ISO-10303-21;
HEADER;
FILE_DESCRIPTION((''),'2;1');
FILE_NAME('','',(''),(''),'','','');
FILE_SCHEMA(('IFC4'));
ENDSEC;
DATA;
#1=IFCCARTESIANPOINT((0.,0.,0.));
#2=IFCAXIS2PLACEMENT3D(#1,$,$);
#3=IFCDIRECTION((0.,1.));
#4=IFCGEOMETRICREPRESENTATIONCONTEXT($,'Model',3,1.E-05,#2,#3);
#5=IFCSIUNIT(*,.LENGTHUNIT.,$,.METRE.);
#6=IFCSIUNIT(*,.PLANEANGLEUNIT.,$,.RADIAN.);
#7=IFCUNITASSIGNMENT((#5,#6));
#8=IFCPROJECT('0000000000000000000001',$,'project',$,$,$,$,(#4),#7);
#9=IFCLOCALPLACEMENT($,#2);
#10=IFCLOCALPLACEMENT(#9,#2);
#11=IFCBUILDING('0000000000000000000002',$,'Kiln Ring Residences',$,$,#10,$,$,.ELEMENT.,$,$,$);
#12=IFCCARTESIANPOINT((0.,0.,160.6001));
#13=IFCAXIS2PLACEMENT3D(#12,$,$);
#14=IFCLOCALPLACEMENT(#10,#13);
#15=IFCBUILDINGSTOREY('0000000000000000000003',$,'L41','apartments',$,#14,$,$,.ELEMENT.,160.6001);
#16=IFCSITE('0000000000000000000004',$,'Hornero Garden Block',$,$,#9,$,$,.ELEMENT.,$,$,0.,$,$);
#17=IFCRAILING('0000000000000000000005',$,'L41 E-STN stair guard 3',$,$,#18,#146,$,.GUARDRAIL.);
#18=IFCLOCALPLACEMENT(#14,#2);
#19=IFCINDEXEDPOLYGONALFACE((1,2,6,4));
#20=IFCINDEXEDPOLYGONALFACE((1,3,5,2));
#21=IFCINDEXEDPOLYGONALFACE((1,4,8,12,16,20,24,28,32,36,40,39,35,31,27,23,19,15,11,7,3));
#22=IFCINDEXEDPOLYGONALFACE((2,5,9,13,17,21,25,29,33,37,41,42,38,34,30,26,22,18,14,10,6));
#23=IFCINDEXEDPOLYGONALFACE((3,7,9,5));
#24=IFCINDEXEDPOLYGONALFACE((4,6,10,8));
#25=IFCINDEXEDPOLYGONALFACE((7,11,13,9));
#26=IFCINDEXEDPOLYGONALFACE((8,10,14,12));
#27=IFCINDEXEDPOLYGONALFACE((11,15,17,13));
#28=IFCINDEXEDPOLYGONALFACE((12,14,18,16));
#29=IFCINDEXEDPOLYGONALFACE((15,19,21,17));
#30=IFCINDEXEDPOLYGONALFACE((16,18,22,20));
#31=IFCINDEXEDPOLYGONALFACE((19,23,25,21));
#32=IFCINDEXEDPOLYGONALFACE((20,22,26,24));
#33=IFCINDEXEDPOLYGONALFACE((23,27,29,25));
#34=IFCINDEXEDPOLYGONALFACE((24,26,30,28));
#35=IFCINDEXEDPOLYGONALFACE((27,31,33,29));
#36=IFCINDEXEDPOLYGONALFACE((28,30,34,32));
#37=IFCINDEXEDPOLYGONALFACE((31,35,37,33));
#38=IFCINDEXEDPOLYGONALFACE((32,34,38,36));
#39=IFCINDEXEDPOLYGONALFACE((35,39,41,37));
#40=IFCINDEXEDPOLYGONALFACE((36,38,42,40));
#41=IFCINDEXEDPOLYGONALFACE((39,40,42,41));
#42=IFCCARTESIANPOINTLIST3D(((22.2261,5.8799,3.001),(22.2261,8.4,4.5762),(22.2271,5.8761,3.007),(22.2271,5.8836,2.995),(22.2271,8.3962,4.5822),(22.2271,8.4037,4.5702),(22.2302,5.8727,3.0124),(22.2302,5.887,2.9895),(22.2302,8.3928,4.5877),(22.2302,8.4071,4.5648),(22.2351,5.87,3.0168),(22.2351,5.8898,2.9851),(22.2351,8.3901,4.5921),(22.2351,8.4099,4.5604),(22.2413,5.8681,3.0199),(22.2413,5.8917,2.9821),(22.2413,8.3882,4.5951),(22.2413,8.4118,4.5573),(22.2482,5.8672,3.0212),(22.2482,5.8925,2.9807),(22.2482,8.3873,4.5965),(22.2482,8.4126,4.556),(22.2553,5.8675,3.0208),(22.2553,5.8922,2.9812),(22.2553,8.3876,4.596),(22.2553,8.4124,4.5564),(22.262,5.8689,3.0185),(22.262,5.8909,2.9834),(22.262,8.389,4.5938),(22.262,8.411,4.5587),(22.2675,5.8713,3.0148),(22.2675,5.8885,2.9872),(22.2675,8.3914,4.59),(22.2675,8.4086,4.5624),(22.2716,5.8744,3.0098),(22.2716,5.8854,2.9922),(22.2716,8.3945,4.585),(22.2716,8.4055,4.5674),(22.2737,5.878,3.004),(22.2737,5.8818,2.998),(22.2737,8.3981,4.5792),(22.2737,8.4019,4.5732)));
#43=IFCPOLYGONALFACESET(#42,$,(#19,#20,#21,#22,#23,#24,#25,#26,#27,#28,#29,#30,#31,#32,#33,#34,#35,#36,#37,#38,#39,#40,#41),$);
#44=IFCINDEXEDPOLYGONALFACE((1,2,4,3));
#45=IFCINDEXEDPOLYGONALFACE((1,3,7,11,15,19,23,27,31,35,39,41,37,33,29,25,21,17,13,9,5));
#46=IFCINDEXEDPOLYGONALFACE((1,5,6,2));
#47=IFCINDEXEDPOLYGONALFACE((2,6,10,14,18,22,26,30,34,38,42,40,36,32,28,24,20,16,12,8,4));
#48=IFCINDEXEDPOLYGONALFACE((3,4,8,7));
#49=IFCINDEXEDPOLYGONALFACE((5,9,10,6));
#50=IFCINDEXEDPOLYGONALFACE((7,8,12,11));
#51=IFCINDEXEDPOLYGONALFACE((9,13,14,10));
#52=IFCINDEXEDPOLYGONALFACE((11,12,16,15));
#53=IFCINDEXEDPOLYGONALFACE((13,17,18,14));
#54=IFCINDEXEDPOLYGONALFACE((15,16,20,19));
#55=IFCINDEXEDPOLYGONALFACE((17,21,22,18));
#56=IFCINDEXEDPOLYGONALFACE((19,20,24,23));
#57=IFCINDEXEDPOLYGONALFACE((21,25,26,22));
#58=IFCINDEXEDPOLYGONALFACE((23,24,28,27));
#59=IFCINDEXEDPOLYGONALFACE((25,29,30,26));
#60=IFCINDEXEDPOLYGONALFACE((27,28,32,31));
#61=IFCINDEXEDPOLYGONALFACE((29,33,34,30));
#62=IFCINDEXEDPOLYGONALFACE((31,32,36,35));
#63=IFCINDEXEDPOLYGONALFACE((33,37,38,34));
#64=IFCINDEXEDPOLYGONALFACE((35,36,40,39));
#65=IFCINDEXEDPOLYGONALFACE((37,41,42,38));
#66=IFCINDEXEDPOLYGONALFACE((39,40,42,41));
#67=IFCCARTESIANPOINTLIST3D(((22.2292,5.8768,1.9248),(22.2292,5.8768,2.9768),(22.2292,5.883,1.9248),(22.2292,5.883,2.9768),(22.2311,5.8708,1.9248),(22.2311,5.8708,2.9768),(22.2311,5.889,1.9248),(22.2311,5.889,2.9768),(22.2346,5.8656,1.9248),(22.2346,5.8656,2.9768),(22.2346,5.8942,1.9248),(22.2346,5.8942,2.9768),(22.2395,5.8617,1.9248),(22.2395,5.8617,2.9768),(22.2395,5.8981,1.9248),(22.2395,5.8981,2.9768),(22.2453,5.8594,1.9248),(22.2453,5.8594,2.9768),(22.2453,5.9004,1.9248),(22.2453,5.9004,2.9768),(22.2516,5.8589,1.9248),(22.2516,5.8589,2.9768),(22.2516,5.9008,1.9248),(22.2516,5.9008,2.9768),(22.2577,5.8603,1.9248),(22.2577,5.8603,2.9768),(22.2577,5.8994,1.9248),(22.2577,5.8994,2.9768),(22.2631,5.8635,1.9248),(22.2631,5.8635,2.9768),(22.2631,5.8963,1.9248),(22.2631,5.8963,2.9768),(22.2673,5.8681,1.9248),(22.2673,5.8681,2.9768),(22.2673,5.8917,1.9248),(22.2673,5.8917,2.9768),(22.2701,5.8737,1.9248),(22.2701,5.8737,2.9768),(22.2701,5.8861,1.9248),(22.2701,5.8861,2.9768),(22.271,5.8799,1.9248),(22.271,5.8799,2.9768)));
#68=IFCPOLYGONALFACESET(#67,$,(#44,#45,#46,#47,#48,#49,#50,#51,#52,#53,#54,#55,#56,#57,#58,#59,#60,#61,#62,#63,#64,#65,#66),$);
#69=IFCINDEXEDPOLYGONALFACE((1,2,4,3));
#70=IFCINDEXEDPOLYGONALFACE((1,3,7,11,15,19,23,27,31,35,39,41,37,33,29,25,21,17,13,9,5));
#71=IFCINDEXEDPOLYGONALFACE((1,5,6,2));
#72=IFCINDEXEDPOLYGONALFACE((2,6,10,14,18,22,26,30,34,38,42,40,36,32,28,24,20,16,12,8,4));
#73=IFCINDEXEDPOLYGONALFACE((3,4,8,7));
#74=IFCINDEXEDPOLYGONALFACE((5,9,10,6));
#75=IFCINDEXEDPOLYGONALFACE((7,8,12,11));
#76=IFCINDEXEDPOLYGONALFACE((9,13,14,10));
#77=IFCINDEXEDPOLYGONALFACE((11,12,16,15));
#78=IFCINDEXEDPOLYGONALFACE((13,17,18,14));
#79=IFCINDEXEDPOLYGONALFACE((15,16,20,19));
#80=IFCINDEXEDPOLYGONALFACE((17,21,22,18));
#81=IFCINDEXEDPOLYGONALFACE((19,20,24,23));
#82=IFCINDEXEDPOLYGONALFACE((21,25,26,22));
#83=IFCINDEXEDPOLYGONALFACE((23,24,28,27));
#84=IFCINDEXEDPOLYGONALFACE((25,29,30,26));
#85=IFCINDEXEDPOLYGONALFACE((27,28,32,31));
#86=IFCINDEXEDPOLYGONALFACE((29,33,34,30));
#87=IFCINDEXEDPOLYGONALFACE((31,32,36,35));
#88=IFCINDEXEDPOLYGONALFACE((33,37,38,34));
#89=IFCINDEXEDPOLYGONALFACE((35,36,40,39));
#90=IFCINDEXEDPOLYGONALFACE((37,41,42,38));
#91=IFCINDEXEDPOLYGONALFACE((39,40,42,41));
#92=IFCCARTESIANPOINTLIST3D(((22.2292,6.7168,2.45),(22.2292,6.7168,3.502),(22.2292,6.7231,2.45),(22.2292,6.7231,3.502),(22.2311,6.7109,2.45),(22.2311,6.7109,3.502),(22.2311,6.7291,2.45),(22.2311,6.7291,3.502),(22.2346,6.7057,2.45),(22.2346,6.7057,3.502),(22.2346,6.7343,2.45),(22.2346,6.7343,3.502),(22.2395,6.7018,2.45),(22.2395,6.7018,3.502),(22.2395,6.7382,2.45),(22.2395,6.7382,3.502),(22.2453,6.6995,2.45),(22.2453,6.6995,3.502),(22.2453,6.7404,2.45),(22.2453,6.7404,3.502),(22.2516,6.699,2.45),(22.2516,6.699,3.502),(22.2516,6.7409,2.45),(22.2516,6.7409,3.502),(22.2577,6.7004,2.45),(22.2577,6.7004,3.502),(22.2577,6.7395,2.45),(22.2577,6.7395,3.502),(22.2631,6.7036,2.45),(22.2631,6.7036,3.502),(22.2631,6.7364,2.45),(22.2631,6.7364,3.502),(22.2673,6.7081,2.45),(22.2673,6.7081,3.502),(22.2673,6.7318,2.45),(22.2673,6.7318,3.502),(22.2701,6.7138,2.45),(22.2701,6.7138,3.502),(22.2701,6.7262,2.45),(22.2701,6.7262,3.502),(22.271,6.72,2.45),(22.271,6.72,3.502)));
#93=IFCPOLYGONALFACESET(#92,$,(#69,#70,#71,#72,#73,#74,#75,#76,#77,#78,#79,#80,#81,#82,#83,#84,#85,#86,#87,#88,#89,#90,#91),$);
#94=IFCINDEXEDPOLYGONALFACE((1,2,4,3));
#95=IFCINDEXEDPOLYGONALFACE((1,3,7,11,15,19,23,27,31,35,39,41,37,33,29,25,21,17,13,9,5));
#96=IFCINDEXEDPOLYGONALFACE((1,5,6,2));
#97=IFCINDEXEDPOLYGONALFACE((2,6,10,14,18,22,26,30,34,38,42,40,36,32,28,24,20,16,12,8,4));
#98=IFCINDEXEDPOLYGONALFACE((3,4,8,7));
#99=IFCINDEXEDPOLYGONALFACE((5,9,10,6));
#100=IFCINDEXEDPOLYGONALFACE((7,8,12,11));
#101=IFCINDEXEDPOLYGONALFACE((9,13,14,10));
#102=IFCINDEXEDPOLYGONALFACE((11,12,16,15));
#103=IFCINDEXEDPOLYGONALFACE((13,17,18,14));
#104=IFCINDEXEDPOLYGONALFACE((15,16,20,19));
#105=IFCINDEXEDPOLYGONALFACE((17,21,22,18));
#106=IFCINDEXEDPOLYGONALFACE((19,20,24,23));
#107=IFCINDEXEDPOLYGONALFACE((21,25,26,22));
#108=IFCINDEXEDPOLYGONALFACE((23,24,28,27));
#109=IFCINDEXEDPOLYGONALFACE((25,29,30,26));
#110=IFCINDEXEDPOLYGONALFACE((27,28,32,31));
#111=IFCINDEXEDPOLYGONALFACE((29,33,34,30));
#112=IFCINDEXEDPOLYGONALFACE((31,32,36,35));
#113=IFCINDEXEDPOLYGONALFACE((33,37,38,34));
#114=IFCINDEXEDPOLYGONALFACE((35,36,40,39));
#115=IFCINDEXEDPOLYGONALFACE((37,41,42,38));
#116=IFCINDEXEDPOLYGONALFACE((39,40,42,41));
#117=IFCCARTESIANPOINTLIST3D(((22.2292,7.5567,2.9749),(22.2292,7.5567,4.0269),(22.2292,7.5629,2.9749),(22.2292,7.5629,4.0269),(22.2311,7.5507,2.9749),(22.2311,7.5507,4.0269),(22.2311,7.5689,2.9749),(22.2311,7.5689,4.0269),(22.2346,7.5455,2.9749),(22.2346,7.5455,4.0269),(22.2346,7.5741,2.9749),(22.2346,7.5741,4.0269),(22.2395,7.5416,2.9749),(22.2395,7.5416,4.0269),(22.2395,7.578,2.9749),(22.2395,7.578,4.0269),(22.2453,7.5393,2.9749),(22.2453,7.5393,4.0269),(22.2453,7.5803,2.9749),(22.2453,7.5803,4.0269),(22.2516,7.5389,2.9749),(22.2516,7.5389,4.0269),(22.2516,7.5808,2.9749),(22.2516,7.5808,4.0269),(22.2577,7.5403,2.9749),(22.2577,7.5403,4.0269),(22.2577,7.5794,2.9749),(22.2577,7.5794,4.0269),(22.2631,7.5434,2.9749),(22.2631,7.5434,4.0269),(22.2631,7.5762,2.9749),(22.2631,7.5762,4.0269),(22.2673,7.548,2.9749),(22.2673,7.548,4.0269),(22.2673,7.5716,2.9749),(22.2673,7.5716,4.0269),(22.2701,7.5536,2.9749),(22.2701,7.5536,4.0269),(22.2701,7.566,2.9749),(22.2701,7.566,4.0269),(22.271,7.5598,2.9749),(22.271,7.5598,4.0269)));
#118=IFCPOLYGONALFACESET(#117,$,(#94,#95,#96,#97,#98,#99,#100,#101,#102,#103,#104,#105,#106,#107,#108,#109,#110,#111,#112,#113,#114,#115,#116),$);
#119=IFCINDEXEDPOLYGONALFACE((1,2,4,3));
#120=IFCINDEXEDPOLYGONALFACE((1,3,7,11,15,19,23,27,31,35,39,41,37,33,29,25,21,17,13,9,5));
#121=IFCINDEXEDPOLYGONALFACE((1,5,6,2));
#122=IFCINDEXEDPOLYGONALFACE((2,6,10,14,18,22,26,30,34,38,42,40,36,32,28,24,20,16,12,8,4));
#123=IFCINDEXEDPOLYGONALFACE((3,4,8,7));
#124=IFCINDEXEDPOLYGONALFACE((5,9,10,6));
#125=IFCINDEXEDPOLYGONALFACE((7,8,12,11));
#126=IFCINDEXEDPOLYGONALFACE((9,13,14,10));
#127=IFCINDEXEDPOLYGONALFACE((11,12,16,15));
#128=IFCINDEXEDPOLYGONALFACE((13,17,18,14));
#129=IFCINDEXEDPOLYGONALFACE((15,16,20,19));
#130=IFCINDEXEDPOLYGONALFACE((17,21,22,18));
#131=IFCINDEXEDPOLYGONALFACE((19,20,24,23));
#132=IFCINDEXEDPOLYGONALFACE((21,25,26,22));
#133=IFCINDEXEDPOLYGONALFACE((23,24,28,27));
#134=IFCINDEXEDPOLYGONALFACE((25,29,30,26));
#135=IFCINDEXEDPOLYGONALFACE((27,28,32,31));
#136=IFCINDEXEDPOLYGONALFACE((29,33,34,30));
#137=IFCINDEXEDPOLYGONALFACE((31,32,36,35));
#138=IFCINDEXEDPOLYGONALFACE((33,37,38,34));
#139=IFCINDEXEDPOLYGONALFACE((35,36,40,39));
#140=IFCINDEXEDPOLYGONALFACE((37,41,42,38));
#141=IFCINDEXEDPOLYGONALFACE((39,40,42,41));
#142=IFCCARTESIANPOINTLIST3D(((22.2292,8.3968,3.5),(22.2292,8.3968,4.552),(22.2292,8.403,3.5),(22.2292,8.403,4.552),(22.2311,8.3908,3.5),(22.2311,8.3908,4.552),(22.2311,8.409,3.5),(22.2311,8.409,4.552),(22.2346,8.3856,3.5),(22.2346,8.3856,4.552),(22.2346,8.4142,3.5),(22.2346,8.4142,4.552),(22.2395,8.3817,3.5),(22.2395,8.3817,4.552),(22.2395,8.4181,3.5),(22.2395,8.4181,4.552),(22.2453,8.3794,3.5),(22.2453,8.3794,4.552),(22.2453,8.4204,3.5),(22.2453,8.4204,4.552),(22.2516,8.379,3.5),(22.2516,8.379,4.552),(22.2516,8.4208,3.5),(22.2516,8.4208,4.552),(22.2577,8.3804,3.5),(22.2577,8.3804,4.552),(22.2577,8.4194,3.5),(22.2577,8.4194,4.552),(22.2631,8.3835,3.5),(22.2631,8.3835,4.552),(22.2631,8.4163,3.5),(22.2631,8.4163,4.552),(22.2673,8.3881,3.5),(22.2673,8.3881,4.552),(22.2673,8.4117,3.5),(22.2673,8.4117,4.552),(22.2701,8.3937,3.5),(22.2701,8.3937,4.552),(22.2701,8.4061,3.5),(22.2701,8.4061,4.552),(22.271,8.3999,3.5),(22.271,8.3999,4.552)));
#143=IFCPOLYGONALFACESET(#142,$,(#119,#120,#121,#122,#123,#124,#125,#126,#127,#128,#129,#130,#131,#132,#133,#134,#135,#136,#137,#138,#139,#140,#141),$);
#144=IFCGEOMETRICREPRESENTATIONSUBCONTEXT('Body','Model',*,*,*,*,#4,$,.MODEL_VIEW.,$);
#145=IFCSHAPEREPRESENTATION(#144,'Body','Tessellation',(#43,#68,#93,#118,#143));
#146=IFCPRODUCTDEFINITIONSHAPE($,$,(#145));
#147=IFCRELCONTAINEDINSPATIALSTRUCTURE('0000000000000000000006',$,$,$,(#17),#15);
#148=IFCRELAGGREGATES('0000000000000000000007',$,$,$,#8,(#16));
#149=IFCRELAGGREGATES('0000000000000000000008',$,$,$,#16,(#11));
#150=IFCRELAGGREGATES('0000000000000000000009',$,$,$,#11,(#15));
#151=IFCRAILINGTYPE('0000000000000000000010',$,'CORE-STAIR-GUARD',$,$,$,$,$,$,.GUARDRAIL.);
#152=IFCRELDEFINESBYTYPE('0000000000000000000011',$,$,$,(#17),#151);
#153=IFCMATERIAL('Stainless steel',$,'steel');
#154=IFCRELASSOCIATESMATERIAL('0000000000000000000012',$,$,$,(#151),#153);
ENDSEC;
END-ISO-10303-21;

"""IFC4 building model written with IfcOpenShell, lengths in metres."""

from ifc_helpers import new_model, si_unit, direction, frame, origin, origin_2d, place, context, subcontext, project, spatial, circle, extrude, material, type_object, element, save


model = new_model("IFC4")

# Units and contexts
model_context = context("Model", 3, precision=1e-05, world=origin(), true_north=direction((0.0, 1.0)))
body_context = subcontext(model_context, "Body", "Model", "MODEL_VIEW")
ifc_project = project(units=[si_unit("LENGTHUNIT", "METRE"), si_unit("PLANEANGLEUNIT", "RADIAN")], contexts=[model_context])

# Site, building, storey
site_placement = place(None, origin())
site = spatial("IfcSite", under=ifc_project, at=site_placement, Name="Hornero Garden Block", CompositionType="ELEMENT", RefElevation=0.0)
building_placement = place(site_placement, origin())
building = spatial("IfcBuilding", under=site, at=building_placement, Name="Kiln Ring Residences", CompositionType="ELEMENT")
storey_placement = place(building_placement, frame((0.0, 0.0, 160.6001)))
storey = spatial("IfcBuildingStorey", under=building, at=storey_placement, Name="L41", Description="apartments", CompositionType="ELEMENT", Elevation=160.6001)

# Railing
ifc_material_1 = material(Name="Stainless steel", Category="steel")
railing_type_1 = type_object("IfcRailingType", Name="CORE-STAIR-GUARD", PredefinedType="GUARDRAIL", material=ifc_material_1)
railing_1_placement = place(storey_placement, frame((22.25, 5.8799, 1.9248)))
element("IfcRailing", 1, at=railing_1_placement, inside=storey, type_object=railing_type_1, Name="L41 E-STN stair guard 3", PredefinedType="GUARDRAIL", context=body_context, shape_type="SweptSolid", body=[
    extrude(circle(Radius=0.0239, at=origin_2d()), frame((0.0, 0.0, 1.0762), z_axis=(0.0, 0.847971, 0.530043), x_axis=(-1.0, 0.0, 0.0)), (0.0, 0.0, 1.0), 2.9719),
    extrude(circle(Radius=0.021, at=origin_2d()), origin(), (0.0, 0.0, 1.0), 1.052),
    extrude(circle(Radius=0.021, at=origin_2d()), frame((0.0, 0.8401, 0.5251)), (0.0, 0.0, 1.0), 1.052),
    extrude(circle(Radius=0.021, at=origin_2d()), frame((0.0, 1.6799, 1.05)), (0.0, 0.0, 1.0), 1.052),
    extrude(circle(Radius=0.021, at=origin_2d()), frame((0.0, 2.52, 1.5752)), (0.0, 0.0, 1.0), 1.052),
])

save(model, "model.ifc")
